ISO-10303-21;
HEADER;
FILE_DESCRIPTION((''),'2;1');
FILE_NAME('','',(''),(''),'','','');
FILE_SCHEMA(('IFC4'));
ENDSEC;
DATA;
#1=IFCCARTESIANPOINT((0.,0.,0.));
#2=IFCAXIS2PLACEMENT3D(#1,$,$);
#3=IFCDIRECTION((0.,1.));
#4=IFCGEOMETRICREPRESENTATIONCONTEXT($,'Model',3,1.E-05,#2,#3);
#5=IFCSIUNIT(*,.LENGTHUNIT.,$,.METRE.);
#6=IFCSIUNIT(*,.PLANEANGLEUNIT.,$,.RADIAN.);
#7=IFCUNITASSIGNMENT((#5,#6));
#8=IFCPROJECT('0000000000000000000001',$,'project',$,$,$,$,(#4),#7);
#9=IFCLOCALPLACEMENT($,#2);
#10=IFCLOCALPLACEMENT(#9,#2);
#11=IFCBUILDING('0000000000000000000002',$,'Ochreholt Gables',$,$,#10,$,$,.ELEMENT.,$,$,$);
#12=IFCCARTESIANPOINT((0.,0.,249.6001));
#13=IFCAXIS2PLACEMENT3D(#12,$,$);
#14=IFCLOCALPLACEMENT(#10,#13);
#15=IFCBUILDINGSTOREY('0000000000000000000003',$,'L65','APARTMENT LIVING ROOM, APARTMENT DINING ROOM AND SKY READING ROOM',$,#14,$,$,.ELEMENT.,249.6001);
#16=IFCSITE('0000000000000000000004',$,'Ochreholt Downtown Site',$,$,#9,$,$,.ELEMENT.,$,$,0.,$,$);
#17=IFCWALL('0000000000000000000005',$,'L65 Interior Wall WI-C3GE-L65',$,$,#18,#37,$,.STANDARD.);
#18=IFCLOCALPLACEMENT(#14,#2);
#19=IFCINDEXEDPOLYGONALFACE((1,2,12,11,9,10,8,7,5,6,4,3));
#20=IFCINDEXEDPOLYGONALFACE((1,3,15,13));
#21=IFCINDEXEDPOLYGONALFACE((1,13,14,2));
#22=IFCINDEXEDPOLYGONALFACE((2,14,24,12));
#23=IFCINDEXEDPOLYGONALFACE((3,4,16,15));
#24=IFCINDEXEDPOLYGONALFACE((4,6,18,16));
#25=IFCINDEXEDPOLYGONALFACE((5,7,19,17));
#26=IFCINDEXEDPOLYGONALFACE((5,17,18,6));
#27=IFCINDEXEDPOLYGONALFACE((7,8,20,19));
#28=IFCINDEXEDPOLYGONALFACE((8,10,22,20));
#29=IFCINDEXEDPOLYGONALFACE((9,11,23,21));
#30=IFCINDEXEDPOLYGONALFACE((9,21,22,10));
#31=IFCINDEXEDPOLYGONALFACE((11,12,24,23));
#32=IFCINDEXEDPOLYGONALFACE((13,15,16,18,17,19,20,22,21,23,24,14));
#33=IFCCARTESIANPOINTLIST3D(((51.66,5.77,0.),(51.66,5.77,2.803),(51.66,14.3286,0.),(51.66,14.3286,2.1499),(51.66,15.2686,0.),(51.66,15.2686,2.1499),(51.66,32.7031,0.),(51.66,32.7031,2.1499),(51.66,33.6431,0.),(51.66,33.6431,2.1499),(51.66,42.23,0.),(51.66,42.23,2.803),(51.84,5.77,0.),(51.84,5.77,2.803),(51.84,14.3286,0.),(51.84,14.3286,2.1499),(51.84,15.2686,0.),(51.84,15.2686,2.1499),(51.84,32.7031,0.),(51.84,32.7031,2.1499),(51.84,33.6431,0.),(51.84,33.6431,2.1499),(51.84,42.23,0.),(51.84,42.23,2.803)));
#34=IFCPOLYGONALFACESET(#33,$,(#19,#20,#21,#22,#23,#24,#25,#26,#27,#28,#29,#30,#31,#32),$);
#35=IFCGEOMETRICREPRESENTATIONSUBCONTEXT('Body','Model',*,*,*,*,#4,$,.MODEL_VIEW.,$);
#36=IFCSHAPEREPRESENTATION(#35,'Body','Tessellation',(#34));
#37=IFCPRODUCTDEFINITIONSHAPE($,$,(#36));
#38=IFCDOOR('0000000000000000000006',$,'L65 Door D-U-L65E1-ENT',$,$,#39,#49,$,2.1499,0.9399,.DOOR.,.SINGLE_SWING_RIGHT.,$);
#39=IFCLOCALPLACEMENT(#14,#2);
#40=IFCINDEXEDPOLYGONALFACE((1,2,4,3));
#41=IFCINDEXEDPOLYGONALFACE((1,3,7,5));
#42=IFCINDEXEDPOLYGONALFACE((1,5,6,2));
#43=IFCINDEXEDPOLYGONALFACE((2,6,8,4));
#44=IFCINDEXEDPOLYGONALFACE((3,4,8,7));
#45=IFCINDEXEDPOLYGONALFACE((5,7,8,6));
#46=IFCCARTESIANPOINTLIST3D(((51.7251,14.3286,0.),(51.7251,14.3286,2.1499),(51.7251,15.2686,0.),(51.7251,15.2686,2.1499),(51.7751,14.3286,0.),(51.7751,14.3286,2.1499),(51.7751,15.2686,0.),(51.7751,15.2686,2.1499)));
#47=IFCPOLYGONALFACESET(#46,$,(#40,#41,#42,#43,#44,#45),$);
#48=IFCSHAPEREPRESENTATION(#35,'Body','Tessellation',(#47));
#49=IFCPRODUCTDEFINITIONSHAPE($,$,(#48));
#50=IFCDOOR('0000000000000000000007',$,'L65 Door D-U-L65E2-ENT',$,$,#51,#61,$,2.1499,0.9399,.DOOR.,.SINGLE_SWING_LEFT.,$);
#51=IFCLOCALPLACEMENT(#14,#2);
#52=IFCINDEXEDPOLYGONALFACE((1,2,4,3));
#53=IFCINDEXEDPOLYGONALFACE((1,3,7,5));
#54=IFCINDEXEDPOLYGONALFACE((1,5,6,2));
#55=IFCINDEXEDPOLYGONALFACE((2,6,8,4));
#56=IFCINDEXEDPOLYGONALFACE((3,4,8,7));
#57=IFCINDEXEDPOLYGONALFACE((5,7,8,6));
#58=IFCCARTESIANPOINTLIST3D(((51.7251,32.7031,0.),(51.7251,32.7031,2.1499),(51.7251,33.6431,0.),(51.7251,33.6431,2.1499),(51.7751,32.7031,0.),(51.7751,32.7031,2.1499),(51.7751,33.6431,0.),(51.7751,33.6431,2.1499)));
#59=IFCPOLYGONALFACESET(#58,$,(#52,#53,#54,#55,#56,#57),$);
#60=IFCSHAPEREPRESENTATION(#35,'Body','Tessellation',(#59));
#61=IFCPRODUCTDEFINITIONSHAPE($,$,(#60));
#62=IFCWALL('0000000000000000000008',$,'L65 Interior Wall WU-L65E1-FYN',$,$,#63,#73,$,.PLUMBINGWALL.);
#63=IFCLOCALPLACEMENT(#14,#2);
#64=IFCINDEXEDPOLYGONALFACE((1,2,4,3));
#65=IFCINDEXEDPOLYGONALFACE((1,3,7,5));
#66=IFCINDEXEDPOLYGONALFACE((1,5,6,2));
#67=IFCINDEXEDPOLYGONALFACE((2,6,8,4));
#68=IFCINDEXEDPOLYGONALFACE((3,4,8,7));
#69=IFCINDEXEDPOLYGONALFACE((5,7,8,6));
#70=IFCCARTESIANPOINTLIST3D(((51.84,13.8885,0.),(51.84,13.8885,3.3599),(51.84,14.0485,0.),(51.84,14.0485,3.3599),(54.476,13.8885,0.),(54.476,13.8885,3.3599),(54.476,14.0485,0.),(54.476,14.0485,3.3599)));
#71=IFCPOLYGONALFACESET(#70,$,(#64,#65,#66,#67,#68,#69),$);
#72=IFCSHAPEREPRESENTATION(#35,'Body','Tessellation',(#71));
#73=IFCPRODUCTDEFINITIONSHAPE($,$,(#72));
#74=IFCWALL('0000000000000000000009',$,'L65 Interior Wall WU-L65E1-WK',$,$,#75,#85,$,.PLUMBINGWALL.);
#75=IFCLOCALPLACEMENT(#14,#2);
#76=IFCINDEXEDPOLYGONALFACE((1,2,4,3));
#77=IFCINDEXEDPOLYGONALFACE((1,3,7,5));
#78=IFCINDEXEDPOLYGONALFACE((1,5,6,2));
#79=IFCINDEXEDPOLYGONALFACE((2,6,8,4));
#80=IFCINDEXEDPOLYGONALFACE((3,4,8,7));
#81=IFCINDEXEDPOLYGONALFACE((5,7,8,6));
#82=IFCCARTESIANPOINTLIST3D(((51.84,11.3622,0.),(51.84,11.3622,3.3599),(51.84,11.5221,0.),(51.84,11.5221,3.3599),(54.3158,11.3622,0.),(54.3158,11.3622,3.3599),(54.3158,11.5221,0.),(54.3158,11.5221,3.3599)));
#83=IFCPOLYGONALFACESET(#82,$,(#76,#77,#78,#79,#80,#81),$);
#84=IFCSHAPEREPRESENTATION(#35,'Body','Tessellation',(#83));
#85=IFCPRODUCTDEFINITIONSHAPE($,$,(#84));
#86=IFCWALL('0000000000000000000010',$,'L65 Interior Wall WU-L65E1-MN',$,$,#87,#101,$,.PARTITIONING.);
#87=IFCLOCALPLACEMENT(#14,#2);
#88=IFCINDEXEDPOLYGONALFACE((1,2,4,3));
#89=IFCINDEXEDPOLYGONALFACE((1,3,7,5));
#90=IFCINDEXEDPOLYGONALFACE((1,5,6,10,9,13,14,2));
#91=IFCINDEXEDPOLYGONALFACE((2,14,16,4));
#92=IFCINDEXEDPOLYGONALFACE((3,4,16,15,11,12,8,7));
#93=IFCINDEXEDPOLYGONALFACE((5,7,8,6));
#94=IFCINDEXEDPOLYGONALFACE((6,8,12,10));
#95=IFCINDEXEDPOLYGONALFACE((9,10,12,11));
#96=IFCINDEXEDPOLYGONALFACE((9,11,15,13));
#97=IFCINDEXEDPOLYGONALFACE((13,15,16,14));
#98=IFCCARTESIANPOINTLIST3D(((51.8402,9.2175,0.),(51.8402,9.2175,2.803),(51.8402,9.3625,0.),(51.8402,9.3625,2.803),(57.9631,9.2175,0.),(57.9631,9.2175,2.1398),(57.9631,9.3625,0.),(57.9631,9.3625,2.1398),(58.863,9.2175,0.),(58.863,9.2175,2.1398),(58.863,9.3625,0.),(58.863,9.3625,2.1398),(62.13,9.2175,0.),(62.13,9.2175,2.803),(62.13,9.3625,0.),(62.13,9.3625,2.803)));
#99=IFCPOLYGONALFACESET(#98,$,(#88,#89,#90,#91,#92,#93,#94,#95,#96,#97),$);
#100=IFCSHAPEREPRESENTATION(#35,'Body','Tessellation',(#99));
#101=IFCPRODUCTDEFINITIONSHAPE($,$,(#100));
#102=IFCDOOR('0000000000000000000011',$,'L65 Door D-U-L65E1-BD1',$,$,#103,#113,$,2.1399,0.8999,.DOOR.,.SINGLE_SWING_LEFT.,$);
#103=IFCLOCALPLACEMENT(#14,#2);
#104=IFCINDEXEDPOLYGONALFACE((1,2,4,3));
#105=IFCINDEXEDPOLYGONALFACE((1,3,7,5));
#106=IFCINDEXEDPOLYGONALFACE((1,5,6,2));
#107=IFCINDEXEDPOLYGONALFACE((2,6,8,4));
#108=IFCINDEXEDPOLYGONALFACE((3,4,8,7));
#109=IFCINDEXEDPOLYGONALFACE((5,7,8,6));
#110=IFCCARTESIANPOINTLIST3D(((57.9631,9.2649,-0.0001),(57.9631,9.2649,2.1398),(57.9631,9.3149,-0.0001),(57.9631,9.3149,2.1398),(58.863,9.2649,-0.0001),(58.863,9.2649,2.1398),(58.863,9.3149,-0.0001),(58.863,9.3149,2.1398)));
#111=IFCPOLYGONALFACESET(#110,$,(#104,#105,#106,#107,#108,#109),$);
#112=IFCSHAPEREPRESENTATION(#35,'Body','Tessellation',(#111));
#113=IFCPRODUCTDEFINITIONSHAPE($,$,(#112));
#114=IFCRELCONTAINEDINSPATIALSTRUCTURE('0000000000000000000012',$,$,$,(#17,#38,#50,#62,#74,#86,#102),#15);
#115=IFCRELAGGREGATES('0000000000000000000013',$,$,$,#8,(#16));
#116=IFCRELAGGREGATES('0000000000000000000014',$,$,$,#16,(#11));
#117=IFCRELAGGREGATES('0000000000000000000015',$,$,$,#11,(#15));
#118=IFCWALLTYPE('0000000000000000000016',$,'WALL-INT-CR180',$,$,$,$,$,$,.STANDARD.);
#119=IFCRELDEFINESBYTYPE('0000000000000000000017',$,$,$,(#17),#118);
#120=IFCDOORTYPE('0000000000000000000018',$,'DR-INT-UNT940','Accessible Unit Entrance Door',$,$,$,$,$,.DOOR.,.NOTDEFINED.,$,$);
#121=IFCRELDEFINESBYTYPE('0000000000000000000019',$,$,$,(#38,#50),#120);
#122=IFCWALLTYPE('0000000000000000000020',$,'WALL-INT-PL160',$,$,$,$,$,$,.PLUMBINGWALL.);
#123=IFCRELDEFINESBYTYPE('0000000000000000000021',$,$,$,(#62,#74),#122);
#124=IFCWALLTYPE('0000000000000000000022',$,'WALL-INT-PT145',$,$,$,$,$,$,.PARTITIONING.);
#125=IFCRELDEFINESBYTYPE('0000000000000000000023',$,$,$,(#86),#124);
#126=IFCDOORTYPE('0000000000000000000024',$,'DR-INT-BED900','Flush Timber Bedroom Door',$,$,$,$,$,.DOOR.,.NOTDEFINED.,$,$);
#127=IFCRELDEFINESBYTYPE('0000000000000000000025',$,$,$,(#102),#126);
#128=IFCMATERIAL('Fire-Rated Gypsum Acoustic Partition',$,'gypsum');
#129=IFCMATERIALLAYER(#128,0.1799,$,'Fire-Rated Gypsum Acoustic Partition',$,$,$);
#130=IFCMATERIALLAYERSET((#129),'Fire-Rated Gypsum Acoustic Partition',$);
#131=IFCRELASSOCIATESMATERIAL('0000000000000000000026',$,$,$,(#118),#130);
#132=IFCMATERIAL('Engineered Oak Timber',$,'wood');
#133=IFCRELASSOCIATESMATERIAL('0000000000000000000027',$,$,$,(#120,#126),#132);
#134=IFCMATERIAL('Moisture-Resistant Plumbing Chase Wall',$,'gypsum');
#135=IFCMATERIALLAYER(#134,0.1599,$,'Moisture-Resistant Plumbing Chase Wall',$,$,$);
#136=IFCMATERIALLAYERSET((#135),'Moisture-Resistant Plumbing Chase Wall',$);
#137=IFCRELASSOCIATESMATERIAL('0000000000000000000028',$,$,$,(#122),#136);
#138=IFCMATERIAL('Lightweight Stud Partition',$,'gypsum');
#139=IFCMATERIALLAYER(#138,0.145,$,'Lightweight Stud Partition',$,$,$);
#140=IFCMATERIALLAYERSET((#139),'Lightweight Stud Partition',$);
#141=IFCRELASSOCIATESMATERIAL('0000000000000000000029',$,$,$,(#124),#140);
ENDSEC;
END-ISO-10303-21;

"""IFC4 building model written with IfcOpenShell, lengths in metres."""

from ifc_helpers import new_model, si_unit, direction, frame, frame_2d, origin, place, context, subcontext, project, spatial, rectangle, extrude, material, layer, layer_set, type_object, element, fill, save


model = new_model("IFC4")

# Units and contexts
model_context = context("Model", 3, precision=1e-05, world=origin(), true_north=direction((0.0, 1.0)))
body_context = subcontext(model_context, "Body", "Model", "MODEL_VIEW")
ifc_project = project(units=[si_unit("LENGTHUNIT", "METRE"), si_unit("PLANEANGLEUNIT", "RADIAN")], contexts=[model_context])

# Site, building, storey
site_placement = place(None, origin())
site = spatial("IfcSite", under=ifc_project, at=site_placement, Name="Ochreholt Downtown Site", CompositionType="ELEMENT", RefElevation=0.0)
building_placement = place(site_placement, origin())
building = spatial("IfcBuilding", under=site, at=building_placement, Name="Ochreholt Gables", CompositionType="ELEMENT")
storey_placement = place(building_placement, frame((0.0, 0.0, 249.6001)))
storey = spatial("IfcBuildingStorey", under=building, at=storey_placement, Name="L65", Description="APARTMENT LIVING ROOM, APARTMENT DINING ROOM AND SKY READING ROOM", CompositionType="ELEMENT", Elevation=249.6001)

# Shared definitions
ifc_material_1 = material(Name="Fire-Rated Gypsum Acoustic Partition", Category="gypsum")
ifc_layer_1 = layer(ifc_material_1, 0.1799, Name="Fire-Rated Gypsum Acoustic Partition")
ifc_layer_set_1 = layer_set([ifc_layer_1], Name="Fire-Rated Gypsum Acoustic Partition")
wall_type_1 = type_object("IfcWallType", Name="WALL-INT-CR180", PredefinedType="STANDARD", material=ifc_layer_set_1)
ifc_material_2 = material(Name="Engineered Oak Timber", Category="wood")
door_type_1 = type_object("IfcDoorType", Name="DR-INT-UNT940", Description="Accessible Unit Entrance Door", OperationType="NOTDEFINED", PredefinedType="DOOR", material=ifc_material_2)

# Wall, openings, doors
wall_1_placement = place(storey_placement, frame((51.75, 5.77, 0.0), z_axis=(0.0, 0.0, 1.0), x_axis=(0.0, 1.0, 0.0)))
wall_1 = element("IfcWall", 1, at=wall_1_placement, inside=storey, type_object=wall_type_1, Name="L65 Interior Wall WI-C3GE-L65", PredefinedType="STANDARD", context=body_context, shape_type="SweptSolid", body=[
    extrude(rectangle(XDim=36.46, YDim=0.1799, at=frame_2d((18.23, 0.0))), origin(), (0.0, 0.0, 1.0), 2.803),
])
opening_1_placement = place(wall_1_placement, frame((8.5586, 0.0, 0.0)))
opening_1 = element("IfcOpeningElement", 2, at=opening_1_placement, cuts=wall_1, PredefinedType="OPENING", context=body_context, shape_type="SweptSolid", body=[
    extrude(rectangle(XDim=0.9399, YDim=2.1499, at=frame_2d((0.47, 1.075))), frame((0.0, 0.0999, 0.0), z_axis=(0.0, -1.0, 0.0), x_axis=(1.0, 0.0, 0.0)), (0.0, 0.0, 1.0), 0.2),
])
opening_2_placement = place(wall_1_placement, frame((26.9331, 0.0, 0.0)))
opening_2 = element("IfcOpeningElement", 3, at=opening_2_placement, cuts=wall_1, PredefinedType="OPENING", context=body_context, shape_type="SweptSolid", body=[
    extrude(rectangle(XDim=0.9399, YDim=2.1499, at=frame_2d((0.47, 1.075))), frame((0.0, 0.0999, 0.0), z_axis=(0.0, -1.0, 0.0), x_axis=(1.0, 0.0, 0.0)), (0.0, 0.0, 1.0), 0.2),
])
door_1_placement = place(opening_1_placement, origin())
door_1 = element("IfcDoor", 4, at=door_1_placement, inside=storey, type_object=door_type_1, Name="L65 Door D-U-L65E1-ENT", OperationType="SINGLE_SWING_RIGHT", OverallHeight=2.1499, OverallWidth=0.9399, PredefinedType="DOOR", context=body_context, shape_type="SweptSolid", body=[
    extrude(rectangle(XDim=0.9399, YDim=2.1499, at=frame_2d((0.47, 1.075))), frame((0.0, 0.0249, 0.0), z_axis=(0.0, -1.0, 0.0), x_axis=(1.0, 0.0, 0.0)), (0.0, 0.0, 1.0), 0.05),
])
fill(opening_1, door_1)
door_2_placement = place(opening_2_placement, origin())
door_2 = element("IfcDoor", 5, at=door_2_placement, inside=storey, type_object=door_type_1, Name="L65 Door D-U-L65E2-ENT", OperationType="SINGLE_SWING_LEFT", OverallHeight=2.1499, OverallWidth=0.9399, PredefinedType="DOOR", context=body_context, shape_type="SweptSolid", body=[
    extrude(rectangle(XDim=0.9399, YDim=2.1499, at=frame_2d((0.47, 1.075))), frame((0.0, 0.0249, 0.0), z_axis=(0.0, -1.0, 0.0), x_axis=(1.0, 0.0, 0.0)), (0.0, 0.0, 1.0), 0.05),
])
fill(opening_2, door_2)

# Walls
ifc_material_3 = material(Name="Moisture-Resistant Plumbing Chase Wall", Category="gypsum")
ifc_layer_2 = layer(ifc_material_3, 0.1599, Name="Moisture-Resistant Plumbing Chase Wall")
ifc_layer_set_2 = layer_set([ifc_layer_2], Name="Moisture-Resistant Plumbing Chase Wall")
wall_type_2 = type_object("IfcWallType", Name="WALL-INT-PL160", PredefinedType="PLUMBINGWALL", material=ifc_layer_set_2)
wall_2_placement = place(storey_placement, frame((51.8401, 13.9685, 0.0), z_axis=(0.0, 0.0, 1.0), x_axis=(1.0, 0.0, 0.0)))
element("IfcWall", 6, at=wall_2_placement, inside=storey, type_object=wall_type_2, Name="L65 Interior Wall WU-L65E1-FYN", PredefinedType="PLUMBINGWALL", context=body_context, shape_type="SweptSolid", body=[
    extrude(rectangle(XDim=2.636, YDim=0.1599, at=frame_2d((1.3179, 0.0))), origin(), (0.0, 0.0, 1.0), 3.3599),
])
wall_3_placement = place(storey_placement, frame((51.8401, 11.4421, 0.0), z_axis=(0.0, 0.0, 1.0), x_axis=(1.0, 0.0, 0.0)))
element("IfcWall", 7, at=wall_3_placement, inside=storey, type_object=wall_type_2, Name="L65 Interior Wall WU-L65E1-WK", PredefinedType="PLUMBINGWALL", context=body_context, shape_type="SweptSolid", body=[
    extrude(rectangle(XDim=2.4758, YDim=0.1599, at=frame_2d((1.2378, 0.0))), origin(), (0.0, 0.0, 1.0), 3.3599),
])

# Wall, opening, door
ifc_material_4 = material(Name="Lightweight Stud Partition", Category="gypsum")
ifc_layer_3 = layer(ifc_material_4, 0.145, Name="Lightweight Stud Partition")
ifc_layer_set_3 = layer_set([ifc_layer_3], Name="Lightweight Stud Partition")
wall_type_3 = type_object("IfcWallType", Name="WALL-INT-PT145", PredefinedType="PARTITIONING", material=ifc_layer_set_3)
wall_4_placement = place(storey_placement, frame((51.8401, 9.29, 0.0), z_axis=(0.0, 0.0, 1.0), x_axis=(1.0, 0.0, 0.0)))
wall_4 = element("IfcWall", 8, at=wall_4_placement, inside=storey, type_object=wall_type_3, Name="L65 Interior Wall WU-L65E1-MN", PredefinedType="PARTITIONING", context=body_context, shape_type="SweptSolid", body=[
    extrude(rectangle(XDim=10.2898, YDim=0.145, at=frame_2d((5.145, 0.0))), origin(), (0.0, 0.0, 1.0), 2.803),
])
opening_3_placement = place(wall_4_placement, frame((6.123, 0.0, 0.0)))
opening_3 = element("IfcOpeningElement", 9, at=opening_3_placement, cuts=wall_4, PredefinedType="OPENING", context=body_context, shape_type="SweptSolid", body=[
    extrude(rectangle(XDim=0.8999, YDim=2.1399, at=frame_2d((0.45, 1.0698))), frame((0.0, 0.0825, 0.0), z_axis=(0.0, -1.0, 0.0), x_axis=(1.0, 0.0, 0.0)), (0.0, 0.0, 1.0), 0.165),
])
door_type_2 = type_object("IfcDoorType", Name="DR-INT-BED900", Description="Flush Timber Bedroom Door", OperationType="NOTDEFINED", PredefinedType="DOOR", material=ifc_material_2)
door_3_placement = place(opening_3_placement, origin())
door_3 = element("IfcDoor", 10, at=door_3_placement, inside=storey, type_object=door_type_2, Name="L65 Door D-U-L65E1-BD1", OperationType="SINGLE_SWING_LEFT", OverallHeight=2.1399, OverallWidth=0.8999, PredefinedType="DOOR", context=body_context, shape_type="SweptSolid", body=[
    extrude(rectangle(XDim=0.8999, YDim=2.1399, at=frame_2d((0.45, 1.0698))), frame((0.0, 0.0249, 0.0), z_axis=(0.0, -1.0, 0.0), x_axis=(1.0, 0.0, 0.0)), (0.0, 0.0, 1.0), 0.05),
])
fill(opening_3, door_3)

save(model, "model.ifc")
